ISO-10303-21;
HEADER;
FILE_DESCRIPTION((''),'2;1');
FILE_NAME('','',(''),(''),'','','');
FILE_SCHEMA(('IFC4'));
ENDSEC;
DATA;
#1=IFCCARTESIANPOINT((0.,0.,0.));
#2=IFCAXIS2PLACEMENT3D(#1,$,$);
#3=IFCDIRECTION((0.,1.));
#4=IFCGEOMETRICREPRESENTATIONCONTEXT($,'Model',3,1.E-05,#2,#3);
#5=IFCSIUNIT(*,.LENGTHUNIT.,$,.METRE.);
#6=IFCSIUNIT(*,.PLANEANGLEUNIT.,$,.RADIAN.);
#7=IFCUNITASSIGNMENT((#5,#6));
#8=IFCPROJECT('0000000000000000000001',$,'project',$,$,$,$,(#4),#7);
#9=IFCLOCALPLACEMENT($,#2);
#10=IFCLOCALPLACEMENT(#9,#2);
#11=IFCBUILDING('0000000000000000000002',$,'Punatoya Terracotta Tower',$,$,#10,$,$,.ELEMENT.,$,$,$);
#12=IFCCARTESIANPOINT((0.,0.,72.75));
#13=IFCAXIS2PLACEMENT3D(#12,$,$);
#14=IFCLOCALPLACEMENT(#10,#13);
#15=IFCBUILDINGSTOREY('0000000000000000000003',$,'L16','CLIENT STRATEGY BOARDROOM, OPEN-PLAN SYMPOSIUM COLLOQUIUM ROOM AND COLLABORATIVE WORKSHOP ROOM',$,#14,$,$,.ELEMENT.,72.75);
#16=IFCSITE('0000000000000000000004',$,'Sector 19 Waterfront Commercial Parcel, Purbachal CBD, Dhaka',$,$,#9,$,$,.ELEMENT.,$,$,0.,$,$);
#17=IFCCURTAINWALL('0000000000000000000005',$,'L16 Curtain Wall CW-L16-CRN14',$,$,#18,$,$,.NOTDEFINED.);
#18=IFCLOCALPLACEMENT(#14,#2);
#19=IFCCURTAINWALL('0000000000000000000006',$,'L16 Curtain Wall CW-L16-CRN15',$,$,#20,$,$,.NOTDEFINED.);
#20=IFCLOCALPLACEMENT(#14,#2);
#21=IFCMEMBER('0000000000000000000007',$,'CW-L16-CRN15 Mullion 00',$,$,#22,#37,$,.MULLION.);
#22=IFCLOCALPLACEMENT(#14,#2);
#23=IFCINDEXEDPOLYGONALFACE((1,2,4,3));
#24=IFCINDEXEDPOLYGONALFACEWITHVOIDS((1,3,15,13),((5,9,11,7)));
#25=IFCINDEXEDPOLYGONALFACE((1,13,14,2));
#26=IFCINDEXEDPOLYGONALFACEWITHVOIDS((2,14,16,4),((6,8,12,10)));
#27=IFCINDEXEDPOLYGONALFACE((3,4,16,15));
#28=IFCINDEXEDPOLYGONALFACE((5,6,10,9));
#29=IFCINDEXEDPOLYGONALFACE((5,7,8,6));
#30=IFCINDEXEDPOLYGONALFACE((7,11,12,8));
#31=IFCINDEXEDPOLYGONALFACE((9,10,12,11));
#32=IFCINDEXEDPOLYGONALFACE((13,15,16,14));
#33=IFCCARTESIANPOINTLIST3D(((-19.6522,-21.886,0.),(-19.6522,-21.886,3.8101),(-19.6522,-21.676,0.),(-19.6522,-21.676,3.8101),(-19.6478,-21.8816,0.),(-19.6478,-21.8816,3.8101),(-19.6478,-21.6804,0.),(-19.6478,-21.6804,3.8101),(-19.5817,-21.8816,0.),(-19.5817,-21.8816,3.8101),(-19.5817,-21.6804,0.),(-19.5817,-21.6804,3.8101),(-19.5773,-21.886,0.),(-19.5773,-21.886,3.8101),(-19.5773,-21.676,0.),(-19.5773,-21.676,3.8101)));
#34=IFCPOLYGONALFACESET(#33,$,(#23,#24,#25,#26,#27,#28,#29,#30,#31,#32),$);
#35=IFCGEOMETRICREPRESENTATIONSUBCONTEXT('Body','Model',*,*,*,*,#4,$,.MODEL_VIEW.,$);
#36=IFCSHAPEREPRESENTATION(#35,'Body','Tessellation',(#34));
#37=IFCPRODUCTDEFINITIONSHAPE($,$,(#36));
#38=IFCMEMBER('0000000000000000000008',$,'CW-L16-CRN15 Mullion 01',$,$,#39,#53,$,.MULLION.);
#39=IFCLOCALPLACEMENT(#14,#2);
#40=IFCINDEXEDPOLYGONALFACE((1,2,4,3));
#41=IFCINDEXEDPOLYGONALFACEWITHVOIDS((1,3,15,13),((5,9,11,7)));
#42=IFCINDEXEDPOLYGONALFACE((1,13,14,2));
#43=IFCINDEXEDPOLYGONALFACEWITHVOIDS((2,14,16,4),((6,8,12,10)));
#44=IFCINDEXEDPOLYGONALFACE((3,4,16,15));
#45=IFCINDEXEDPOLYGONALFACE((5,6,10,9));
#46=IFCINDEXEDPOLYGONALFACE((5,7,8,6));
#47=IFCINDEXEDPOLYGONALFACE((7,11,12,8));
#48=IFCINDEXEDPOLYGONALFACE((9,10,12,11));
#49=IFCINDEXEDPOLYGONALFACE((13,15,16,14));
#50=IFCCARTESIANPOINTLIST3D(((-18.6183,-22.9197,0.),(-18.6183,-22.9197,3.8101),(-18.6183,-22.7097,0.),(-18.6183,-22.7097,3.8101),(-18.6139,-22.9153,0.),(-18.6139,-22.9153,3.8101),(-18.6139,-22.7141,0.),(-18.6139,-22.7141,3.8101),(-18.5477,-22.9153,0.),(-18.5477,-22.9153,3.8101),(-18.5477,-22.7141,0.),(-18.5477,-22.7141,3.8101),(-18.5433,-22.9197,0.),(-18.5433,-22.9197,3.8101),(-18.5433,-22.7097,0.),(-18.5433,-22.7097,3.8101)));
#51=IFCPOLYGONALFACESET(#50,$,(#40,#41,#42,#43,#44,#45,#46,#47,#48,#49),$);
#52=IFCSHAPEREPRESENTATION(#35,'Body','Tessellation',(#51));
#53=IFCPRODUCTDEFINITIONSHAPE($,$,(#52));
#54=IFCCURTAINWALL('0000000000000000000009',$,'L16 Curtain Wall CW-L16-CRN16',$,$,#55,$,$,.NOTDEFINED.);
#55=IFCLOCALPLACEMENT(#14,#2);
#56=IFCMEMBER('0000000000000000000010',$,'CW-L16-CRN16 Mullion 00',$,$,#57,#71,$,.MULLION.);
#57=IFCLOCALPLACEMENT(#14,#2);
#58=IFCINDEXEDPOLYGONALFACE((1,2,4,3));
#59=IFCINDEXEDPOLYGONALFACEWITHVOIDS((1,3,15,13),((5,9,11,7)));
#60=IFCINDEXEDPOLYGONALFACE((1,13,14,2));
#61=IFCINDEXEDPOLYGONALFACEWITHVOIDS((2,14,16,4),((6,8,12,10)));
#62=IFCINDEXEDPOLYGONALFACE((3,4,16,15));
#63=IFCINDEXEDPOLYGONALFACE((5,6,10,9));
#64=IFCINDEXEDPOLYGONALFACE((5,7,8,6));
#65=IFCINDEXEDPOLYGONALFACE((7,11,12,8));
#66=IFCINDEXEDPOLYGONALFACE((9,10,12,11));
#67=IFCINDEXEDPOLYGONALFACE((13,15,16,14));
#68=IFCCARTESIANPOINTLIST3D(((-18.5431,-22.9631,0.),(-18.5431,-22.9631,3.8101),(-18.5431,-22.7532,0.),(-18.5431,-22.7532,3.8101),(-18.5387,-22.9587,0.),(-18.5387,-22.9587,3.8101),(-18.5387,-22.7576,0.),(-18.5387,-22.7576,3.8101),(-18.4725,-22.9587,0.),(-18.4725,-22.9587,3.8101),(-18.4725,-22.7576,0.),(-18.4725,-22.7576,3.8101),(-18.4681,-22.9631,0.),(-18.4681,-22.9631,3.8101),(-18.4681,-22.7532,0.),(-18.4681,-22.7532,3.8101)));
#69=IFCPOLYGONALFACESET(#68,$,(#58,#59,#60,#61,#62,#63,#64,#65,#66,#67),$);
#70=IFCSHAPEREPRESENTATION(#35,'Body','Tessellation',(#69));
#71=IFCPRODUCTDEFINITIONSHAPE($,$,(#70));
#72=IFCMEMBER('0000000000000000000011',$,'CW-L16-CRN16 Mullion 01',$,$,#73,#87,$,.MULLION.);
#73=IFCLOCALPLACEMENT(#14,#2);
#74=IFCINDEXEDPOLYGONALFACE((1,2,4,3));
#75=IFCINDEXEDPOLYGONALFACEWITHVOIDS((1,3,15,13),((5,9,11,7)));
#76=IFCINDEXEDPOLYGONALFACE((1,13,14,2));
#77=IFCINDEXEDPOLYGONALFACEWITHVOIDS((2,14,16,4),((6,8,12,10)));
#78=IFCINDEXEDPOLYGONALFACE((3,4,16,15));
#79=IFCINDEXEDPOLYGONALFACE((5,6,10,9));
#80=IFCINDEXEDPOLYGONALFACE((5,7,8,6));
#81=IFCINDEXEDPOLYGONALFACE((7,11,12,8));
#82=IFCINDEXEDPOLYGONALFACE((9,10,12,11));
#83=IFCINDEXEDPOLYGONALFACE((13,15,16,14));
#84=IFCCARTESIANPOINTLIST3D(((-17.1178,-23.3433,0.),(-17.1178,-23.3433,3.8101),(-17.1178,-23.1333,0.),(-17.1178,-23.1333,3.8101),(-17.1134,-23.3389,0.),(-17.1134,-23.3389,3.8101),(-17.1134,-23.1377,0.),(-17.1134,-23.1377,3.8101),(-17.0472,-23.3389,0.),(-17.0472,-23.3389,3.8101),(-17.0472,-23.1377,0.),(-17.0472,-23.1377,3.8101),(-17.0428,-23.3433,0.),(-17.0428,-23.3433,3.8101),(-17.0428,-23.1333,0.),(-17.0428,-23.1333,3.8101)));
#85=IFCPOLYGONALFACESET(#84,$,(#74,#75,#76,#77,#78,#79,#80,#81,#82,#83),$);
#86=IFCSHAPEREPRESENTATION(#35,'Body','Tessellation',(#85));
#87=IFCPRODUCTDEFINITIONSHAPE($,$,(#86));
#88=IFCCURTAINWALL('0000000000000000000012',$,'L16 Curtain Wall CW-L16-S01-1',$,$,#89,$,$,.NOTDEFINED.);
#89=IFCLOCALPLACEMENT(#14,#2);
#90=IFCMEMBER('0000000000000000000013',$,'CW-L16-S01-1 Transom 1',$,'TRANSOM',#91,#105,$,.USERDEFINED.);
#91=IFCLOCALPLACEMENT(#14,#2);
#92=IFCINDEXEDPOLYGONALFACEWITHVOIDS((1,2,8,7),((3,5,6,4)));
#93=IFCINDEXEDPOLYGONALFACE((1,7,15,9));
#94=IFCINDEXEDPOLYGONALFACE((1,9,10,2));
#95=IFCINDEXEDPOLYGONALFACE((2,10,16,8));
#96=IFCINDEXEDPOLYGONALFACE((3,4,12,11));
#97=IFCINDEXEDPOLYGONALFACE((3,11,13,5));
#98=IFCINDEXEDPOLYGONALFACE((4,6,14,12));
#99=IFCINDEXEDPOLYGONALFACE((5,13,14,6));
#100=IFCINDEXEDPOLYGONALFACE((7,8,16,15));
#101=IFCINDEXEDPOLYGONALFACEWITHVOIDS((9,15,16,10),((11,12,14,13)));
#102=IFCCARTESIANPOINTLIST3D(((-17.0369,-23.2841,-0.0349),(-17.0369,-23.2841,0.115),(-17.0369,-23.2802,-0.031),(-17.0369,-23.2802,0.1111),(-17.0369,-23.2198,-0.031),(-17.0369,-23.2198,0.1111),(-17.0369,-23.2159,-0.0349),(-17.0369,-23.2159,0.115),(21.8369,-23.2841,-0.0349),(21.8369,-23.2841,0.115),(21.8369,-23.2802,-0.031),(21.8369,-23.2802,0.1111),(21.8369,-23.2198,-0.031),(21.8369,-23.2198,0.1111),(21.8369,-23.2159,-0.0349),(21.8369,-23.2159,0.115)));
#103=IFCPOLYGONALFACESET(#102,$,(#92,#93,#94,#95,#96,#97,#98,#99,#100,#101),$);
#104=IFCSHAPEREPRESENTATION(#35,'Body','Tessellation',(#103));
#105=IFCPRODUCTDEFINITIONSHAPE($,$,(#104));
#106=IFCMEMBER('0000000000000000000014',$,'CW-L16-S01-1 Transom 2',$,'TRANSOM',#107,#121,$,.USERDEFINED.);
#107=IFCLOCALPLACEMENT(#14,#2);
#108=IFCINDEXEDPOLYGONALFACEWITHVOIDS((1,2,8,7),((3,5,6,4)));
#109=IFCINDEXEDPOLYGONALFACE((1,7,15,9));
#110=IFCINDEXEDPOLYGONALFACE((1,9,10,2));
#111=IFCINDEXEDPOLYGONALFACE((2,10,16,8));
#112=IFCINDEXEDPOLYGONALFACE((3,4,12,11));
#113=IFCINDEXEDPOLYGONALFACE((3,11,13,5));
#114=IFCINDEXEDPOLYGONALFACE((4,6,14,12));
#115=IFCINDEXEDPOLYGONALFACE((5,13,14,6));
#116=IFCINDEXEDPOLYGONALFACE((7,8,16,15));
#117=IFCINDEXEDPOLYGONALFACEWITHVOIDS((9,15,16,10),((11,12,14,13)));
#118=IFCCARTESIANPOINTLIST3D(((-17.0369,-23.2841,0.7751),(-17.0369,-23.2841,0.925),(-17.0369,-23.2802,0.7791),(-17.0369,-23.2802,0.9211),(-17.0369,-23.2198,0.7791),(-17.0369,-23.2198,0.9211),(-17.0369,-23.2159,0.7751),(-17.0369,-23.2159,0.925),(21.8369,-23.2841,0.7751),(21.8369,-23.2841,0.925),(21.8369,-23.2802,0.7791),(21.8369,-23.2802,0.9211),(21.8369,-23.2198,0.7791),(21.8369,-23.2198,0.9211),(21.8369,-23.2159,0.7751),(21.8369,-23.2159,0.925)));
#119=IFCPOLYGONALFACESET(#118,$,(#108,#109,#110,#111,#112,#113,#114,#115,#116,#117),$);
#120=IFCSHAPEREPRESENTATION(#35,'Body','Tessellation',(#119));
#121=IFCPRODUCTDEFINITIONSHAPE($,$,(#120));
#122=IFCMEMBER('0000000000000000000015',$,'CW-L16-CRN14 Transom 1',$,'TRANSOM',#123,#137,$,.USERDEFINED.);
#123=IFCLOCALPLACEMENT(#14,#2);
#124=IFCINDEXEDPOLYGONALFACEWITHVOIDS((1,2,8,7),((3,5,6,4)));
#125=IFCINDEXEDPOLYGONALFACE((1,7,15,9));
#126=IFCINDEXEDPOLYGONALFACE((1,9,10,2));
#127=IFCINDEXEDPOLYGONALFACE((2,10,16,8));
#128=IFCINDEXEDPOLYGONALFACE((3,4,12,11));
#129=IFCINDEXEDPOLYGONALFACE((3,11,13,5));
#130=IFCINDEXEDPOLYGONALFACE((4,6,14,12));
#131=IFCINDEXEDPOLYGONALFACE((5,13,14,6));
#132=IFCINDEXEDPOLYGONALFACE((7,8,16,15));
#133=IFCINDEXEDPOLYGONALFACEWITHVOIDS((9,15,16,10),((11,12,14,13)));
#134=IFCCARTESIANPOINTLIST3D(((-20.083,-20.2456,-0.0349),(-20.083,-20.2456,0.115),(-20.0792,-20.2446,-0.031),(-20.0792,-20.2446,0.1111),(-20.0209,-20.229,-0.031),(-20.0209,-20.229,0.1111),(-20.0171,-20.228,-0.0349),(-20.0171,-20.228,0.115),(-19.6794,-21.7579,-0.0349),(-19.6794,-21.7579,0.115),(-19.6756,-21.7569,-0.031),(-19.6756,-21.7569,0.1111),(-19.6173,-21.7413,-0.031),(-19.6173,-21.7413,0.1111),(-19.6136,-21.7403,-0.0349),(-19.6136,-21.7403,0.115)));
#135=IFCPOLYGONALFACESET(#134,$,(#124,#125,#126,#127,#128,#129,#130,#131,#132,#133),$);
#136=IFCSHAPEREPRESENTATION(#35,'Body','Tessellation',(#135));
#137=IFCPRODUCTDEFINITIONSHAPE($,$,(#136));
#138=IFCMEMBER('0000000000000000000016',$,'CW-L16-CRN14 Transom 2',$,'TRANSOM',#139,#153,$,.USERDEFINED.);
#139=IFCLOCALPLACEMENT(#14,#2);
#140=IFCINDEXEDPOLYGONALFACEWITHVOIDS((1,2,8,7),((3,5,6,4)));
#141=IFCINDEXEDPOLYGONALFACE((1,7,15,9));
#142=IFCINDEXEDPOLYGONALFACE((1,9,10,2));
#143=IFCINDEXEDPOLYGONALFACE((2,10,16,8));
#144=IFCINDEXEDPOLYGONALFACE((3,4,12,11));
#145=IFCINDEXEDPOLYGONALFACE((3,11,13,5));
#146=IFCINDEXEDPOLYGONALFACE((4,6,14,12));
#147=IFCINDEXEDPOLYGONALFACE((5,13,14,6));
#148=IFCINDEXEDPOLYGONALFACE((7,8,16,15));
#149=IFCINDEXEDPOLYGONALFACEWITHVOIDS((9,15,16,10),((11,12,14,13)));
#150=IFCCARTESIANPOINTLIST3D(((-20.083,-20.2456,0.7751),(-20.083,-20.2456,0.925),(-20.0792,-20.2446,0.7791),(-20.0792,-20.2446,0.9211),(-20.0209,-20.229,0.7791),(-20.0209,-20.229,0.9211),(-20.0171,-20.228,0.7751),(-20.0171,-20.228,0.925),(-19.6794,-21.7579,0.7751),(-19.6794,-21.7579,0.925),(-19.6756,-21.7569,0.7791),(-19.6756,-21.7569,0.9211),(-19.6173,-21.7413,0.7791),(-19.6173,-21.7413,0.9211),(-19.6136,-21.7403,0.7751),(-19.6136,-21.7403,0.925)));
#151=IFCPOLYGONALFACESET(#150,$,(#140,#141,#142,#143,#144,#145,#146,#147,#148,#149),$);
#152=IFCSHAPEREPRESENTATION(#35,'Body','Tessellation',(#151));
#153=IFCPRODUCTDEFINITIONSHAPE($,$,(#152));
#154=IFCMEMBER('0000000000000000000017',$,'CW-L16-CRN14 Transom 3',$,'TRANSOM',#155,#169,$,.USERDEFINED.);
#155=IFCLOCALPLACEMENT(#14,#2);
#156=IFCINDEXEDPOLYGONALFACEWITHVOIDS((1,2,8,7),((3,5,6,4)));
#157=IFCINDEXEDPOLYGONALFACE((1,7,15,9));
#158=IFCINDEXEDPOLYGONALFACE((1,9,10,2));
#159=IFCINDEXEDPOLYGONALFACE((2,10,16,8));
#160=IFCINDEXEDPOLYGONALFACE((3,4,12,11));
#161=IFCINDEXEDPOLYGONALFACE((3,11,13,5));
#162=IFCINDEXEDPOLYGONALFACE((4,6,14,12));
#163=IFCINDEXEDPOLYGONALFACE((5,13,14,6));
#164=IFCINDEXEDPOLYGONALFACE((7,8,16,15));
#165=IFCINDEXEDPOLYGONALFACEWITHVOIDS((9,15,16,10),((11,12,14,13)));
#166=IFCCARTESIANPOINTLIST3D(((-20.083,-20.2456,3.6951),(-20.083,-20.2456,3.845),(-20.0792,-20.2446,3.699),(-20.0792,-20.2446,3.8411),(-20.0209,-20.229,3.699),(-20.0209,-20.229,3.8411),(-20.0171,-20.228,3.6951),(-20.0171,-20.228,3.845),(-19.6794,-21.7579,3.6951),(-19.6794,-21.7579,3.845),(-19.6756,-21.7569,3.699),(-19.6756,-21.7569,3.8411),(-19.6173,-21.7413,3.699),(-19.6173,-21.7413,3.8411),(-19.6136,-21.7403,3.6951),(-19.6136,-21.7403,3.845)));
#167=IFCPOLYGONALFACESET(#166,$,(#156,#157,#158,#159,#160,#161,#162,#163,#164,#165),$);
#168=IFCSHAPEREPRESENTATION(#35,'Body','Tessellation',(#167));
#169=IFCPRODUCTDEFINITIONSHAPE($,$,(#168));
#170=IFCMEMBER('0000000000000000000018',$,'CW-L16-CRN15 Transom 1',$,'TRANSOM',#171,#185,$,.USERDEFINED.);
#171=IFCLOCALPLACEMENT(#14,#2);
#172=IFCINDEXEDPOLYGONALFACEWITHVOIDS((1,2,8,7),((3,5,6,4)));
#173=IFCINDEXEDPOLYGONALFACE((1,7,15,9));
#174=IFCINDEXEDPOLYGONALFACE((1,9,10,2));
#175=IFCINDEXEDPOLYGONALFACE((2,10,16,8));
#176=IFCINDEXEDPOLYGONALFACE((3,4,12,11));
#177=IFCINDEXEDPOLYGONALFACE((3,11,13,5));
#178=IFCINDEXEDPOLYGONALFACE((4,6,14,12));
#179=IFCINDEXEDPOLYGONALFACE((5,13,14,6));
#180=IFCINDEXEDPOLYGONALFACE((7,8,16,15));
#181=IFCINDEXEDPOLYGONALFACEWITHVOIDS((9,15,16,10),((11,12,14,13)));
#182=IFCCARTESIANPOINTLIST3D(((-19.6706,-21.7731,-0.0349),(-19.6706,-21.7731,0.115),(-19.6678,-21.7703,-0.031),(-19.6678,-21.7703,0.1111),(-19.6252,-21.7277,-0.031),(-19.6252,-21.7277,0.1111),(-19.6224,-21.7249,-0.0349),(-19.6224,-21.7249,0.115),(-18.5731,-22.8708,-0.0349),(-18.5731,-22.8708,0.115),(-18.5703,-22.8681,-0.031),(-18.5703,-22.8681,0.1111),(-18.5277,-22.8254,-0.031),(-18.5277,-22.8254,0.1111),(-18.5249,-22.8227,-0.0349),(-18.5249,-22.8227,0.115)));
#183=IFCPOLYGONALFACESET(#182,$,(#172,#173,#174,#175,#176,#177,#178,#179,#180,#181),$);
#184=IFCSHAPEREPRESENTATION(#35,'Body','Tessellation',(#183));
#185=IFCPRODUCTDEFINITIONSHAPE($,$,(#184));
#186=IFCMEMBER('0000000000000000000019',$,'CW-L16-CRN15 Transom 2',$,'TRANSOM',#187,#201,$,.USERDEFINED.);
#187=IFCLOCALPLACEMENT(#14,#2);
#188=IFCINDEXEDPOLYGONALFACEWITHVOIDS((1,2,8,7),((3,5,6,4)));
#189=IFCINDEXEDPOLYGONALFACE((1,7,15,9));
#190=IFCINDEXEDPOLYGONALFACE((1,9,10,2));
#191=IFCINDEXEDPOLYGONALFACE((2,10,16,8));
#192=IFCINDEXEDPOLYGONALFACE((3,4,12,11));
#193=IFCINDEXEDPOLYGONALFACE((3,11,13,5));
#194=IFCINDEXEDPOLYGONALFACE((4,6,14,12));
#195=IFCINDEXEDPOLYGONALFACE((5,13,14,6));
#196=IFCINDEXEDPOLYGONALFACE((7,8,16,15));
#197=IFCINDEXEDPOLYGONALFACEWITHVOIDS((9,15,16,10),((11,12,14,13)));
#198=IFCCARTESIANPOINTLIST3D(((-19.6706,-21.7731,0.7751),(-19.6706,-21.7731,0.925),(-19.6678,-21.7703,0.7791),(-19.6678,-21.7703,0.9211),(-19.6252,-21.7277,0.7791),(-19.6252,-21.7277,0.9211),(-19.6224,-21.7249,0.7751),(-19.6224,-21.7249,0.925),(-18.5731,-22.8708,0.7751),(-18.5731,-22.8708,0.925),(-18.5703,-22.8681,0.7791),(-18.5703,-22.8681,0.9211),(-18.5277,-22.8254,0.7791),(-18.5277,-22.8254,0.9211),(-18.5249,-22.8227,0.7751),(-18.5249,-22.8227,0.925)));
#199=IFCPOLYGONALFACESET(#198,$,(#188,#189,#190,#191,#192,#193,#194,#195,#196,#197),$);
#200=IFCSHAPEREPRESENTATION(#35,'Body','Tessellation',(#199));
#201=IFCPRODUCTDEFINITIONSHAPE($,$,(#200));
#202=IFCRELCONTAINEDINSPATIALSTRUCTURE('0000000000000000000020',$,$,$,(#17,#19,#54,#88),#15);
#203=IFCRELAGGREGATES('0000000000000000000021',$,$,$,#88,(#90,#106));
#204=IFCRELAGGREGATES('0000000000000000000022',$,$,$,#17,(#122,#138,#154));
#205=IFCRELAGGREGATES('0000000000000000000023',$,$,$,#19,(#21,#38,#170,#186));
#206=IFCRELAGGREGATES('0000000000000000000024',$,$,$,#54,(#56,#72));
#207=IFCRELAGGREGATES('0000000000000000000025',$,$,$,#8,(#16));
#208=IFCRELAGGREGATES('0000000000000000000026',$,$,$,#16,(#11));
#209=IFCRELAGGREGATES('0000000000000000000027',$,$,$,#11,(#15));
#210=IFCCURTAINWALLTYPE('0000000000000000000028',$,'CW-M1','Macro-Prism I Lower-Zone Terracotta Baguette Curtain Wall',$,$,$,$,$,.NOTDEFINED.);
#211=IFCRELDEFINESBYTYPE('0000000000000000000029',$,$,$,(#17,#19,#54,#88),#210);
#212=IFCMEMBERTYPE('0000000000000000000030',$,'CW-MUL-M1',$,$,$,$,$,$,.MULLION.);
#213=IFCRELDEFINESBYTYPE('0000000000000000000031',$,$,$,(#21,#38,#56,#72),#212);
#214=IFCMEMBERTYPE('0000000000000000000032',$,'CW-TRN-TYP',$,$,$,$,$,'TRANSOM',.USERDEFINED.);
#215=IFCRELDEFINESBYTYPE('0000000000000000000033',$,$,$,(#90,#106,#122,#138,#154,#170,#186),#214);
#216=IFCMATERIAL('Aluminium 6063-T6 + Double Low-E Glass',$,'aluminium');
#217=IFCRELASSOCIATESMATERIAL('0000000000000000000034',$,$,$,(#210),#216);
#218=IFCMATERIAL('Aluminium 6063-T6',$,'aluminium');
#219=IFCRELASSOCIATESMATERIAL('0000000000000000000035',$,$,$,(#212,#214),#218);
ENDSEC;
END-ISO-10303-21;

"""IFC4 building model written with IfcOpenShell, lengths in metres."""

from ifc_helpers import new_model, si_unit, direction, frame, origin, origin_2d, place, context, subcontext, project, spatial, hollow_rectangle, extrude, material, material_profile, profile_set, type_object, element, aggregate, save


model = new_model("IFC4")

# Units and contexts
model_context = context("Model", 3, precision=1e-05, world=origin(), true_north=direction((0.0, 1.0)))
body_context = subcontext(model_context, "Body", "Model", "MODEL_VIEW")
ifc_project = project(units=[si_unit("LENGTHUNIT", "METRE"), si_unit("PLANEANGLEUNIT", "RADIAN")], contexts=[model_context])

# Site, building, storey
site_placement = place(None, origin())
site = spatial("IfcSite", under=ifc_project, at=site_placement, Name="Sector 19 Waterfront Commercial Parcel, Purbachal CBD, Dhaka", CompositionType="ELEMENT", RefElevation=0.0)
building_placement = place(site_placement, origin())
building = spatial("IfcBuilding", under=site, at=building_placement, Name="Punatoya Terracotta Tower", CompositionType="ELEMENT")
storey_placement = place(building_placement, frame((0.0, 0.0, 72.75)))
storey = spatial("IfcBuildingStorey", under=building, at=storey_placement, Name="L16", Description="CLIENT STRATEGY BOARDROOM, OPEN-PLAN SYMPOSIUM COLLOQUIUM ROOM AND COLLABORATIVE WORKSHOP ROOM", CompositionType="ELEMENT", Elevation=72.75)

# Curtain walls, members
ifc_material_1 = material(Name="Aluminium 6063-T6 + Double Low-E Glass", Category="aluminium")
curtain_wall_type = type_object("IfcCurtainWallType", Name="CW-M1", Description="Macro-Prism I Lower-Zone Terracotta Baguette Curtain Wall", PredefinedType="NOTDEFINED", material=ifc_material_1)
curtain_wall_1_placement = place(storey_placement, origin())
curtain_wall_1 = element("IfcCurtainWall", 1, at=curtain_wall_1_placement, inside=storey, type_object=curtain_wall_type, Name="L16 Curtain Wall CW-L16-CRN14", PredefinedType="NOTDEFINED")
ifc_material_2 = material(Name="Aluminium 6063-T6", Category="aluminium")
ifc_material_profile_1 = material_profile(ifc_material_2, hollow_rectangle(XDim=0.075, YDim=0.21, WallThickness=0.0044, at=origin_2d()))
ifc_profile_set_1 = profile_set([ifc_material_profile_1], Name="Aluminium 6063-T6")
member_type_1 = type_object("IfcMemberType", Name="CW-MUL-M1", PredefinedType="MULLION", material=ifc_profile_set_1)
curtain_wall_2_placement = place(storey_placement, origin())
curtain_wall_2 = element("IfcCurtainWall", 2, at=curtain_wall_2_placement, inside=storey, type_object=curtain_wall_type, Name="L16 Curtain Wall CW-L16-CRN15", PredefinedType="NOTDEFINED")
member_1_placement = place(storey_placement, frame((-19.6147, -21.781, 0.0), z_axis=(0.0, 0.0, 1.0), x_axis=(1.0, 0.0, 0.0)))
member_1 = element("IfcMember", 3, at=member_1_placement, type_object=member_type_1, Name="CW-L16-CRN15 Mullion 00", PredefinedType="MULLION", context=body_context, shape_type="SweptSolid", body=[
    extrude(hollow_rectangle(XDim=0.075, YDim=0.21, WallThickness=0.0044, at=origin_2d()), origin(), (0.0, 0.0, 1.0), 3.8101),
])
member_2_placement = place(storey_placement, frame((-18.5808, -22.8147, 0.0), z_axis=(0.0, 0.0, 1.0), x_axis=(1.0, 0.0, 0.0)))
member_2 = element("IfcMember", 4, at=member_2_placement, type_object=member_type_1, Name="CW-L16-CRN15 Mullion 01", PredefinedType="MULLION", context=body_context, shape_type="SweptSolid", body=[
    extrude(hollow_rectangle(XDim=0.075, YDim=0.21, WallThickness=0.0044, at=origin_2d()), origin(), (0.0, 0.0, 1.0), 3.8101),
])
curtain_wall_3_placement = place(storey_placement, origin())
curtain_wall_3 = element("IfcCurtainWall", 5, at=curtain_wall_3_placement, inside=storey, type_object=curtain_wall_type, Name="L16 Curtain Wall CW-L16-CRN16", PredefinedType="NOTDEFINED")
member_3_placement = place(storey_placement, frame((-18.5056, -22.8582, 0.0), z_axis=(0.0, 0.0, 1.0), x_axis=(1.0, 0.0, 0.0)))
member_3 = element("IfcMember", 6, at=member_3_placement, type_object=member_type_1, Name="CW-L16-CRN16 Mullion 00", PredefinedType="MULLION", context=body_context, shape_type="SweptSolid", body=[
    extrude(hollow_rectangle(XDim=0.075, YDim=0.21, WallThickness=0.0044, at=origin_2d()), origin(), (0.0, 0.0, 1.0), 3.8101),
])
member_4_placement = place(storey_placement, frame((-17.0803, -23.2383, 0.0), z_axis=(0.0, 0.0, 1.0), x_axis=(1.0, 0.0, 0.0)))
member_4 = element("IfcMember", 7, at=member_4_placement, type_object=member_type_1, Name="CW-L16-CRN16 Mullion 01", PredefinedType="MULLION", context=body_context, shape_type="SweptSolid", body=[
    extrude(hollow_rectangle(XDim=0.075, YDim=0.21, WallThickness=0.0044, at=origin_2d()), origin(), (0.0, 0.0, 1.0), 3.8101),
])
curtain_wall_4_placement = place(storey_placement, origin())
curtain_wall_4 = element("IfcCurtainWall", 8, at=curtain_wall_4_placement, inside=storey, type_object=curtain_wall_type, Name="L16 Curtain Wall CW-L16-S01-1", PredefinedType="NOTDEFINED")
ifc_material_profile_2 = material_profile(ifc_material_2, hollow_rectangle(XDim=0.0681, YDim=0.1499, WallThickness=0.0039, at=origin_2d()))
ifc_profile_set_2 = profile_set([ifc_material_profile_2], Name="Aluminium 6063-T6")
member_type_2 = type_object("IfcMemberType", Name="CW-TRN-TYP", ElementType="TRANSOM", PredefinedType="USERDEFINED", material=ifc_profile_set_2)
member_5_placement = place(storey_placement, frame((-17.0369, -23.25, 0.04), z_axis=(1.0, 0.0, 0.0), x_axis=(0.0, 1.0, 0.0)))
member_5 = element("IfcMember", 9, at=member_5_placement, type_object=member_type_2, Name="CW-L16-S01-1 Transom 1", ObjectType="TRANSOM", PredefinedType="USERDEFINED", context=body_context, shape_type="SweptSolid", body=[
    extrude(hollow_rectangle(XDim=0.0681, YDim=0.1499, WallThickness=0.0039, at=origin_2d()), origin(), (0.0, 0.0, 1.0), 38.8738),
])
member_6_placement = place(storey_placement, frame((-17.0369, -23.25, 0.8501), z_axis=(1.0, 0.0, 0.0), x_axis=(0.0, 1.0, 0.0)))
member_6 = element("IfcMember", 10, at=member_6_placement, type_object=member_type_2, Name="CW-L16-S01-1 Transom 2", ObjectType="TRANSOM", PredefinedType="USERDEFINED", context=body_context, shape_type="SweptSolid", body=[
    extrude(hollow_rectangle(XDim=0.0681, YDim=0.1499, WallThickness=0.0039, at=origin_2d()), origin(), (0.0, 0.0, 1.0), 38.8738),
])
aggregate(curtain_wall_4, [member_5, member_6])

# Members
member_7_placement = place(storey_placement, frame((-20.05, -20.2368, 0.04), z_axis=(0.257847, -0.966186, 0.0), x_axis=(0.966186, 0.257847, 0.0)))
member_7 = element("IfcMember", 11, at=member_7_placement, type_object=member_type_2, Name="CW-L16-CRN14 Transom 1", ObjectType="TRANSOM", PredefinedType="USERDEFINED", context=body_context, shape_type="SweptSolid", body=[
    extrude(hollow_rectangle(XDim=0.0681, YDim=0.1499, WallThickness=0.0039, at=origin_2d()), origin(), (0.0, 0.0, 1.0), 1.5652),
])
member_8_placement = place(storey_placement, frame((-20.05, -20.2368, 0.8501), z_axis=(0.257847, -0.966186, 0.0), x_axis=(0.966186, 0.257847, 0.0)))
member_8 = element("IfcMember", 12, at=member_8_placement, type_object=member_type_2, Name="CW-L16-CRN14 Transom 2", ObjectType="TRANSOM", PredefinedType="USERDEFINED", context=body_context, shape_type="SweptSolid", body=[
    extrude(hollow_rectangle(XDim=0.0681, YDim=0.1499, WallThickness=0.0039, at=origin_2d()), origin(), (0.0, 0.0, 1.0), 1.5652),
])
member_9_placement = place(storey_placement, frame((-20.05, -20.2368, 3.77), z_axis=(0.257847, -0.966186, 0.0), x_axis=(0.966186, 0.257847, 0.0)))
member_9 = element("IfcMember", 13, at=member_9_placement, type_object=member_type_2, Name="CW-L16-CRN14 Transom 3", ObjectType="TRANSOM", PredefinedType="USERDEFINED", context=body_context, shape_type="SweptSolid", body=[
    extrude(hollow_rectangle(XDim=0.0681, YDim=0.1499, WallThickness=0.0039, at=origin_2d()), origin(), (0.0, 0.0, 1.0), 1.5652),
])
member_10_placement = place(storey_placement, frame((-19.6465, -21.749, 0.04), z_axis=(0.707028, -0.707185, 0.0), x_axis=(0.707185, 0.707028, 0.0)))
member_10 = element("IfcMember", 14, at=member_10_placement, type_object=member_type_2, Name="CW-L16-CRN15 Transom 1", ObjectType="TRANSOM", PredefinedType="USERDEFINED", context=body_context, shape_type="SweptSolid", body=[
    extrude(hollow_rectangle(XDim=0.0681, YDim=0.1499, WallThickness=0.0039, at=origin_2d()), origin(), (0.0, 0.0, 1.0), 1.5522),
])
member_11_placement = place(storey_placement, frame((-19.6465, -21.749, 0.8501), z_axis=(0.707028, -0.707185, 0.0), x_axis=(0.707185, 0.707028, 0.0)))
member_11 = element("IfcMember", 15, at=member_11_placement, type_object=member_type_2, Name="CW-L16-CRN15 Transom 2", ObjectType="TRANSOM", PredefinedType="USERDEFINED", context=body_context, shape_type="SweptSolid", body=[
    extrude(hollow_rectangle(XDim=0.0681, YDim=0.1499, WallThickness=0.0039, at=origin_2d()), origin(), (0.0, 0.0, 1.0), 1.5522),
])

aggregate(curtain_wall_1, [member_7, member_8, member_9])
aggregate(curtain_wall_2, [member_1, member_2, member_10, member_11])
aggregate(curtain_wall_3, [member_3, member_4])

save(model, "model.ifc")
